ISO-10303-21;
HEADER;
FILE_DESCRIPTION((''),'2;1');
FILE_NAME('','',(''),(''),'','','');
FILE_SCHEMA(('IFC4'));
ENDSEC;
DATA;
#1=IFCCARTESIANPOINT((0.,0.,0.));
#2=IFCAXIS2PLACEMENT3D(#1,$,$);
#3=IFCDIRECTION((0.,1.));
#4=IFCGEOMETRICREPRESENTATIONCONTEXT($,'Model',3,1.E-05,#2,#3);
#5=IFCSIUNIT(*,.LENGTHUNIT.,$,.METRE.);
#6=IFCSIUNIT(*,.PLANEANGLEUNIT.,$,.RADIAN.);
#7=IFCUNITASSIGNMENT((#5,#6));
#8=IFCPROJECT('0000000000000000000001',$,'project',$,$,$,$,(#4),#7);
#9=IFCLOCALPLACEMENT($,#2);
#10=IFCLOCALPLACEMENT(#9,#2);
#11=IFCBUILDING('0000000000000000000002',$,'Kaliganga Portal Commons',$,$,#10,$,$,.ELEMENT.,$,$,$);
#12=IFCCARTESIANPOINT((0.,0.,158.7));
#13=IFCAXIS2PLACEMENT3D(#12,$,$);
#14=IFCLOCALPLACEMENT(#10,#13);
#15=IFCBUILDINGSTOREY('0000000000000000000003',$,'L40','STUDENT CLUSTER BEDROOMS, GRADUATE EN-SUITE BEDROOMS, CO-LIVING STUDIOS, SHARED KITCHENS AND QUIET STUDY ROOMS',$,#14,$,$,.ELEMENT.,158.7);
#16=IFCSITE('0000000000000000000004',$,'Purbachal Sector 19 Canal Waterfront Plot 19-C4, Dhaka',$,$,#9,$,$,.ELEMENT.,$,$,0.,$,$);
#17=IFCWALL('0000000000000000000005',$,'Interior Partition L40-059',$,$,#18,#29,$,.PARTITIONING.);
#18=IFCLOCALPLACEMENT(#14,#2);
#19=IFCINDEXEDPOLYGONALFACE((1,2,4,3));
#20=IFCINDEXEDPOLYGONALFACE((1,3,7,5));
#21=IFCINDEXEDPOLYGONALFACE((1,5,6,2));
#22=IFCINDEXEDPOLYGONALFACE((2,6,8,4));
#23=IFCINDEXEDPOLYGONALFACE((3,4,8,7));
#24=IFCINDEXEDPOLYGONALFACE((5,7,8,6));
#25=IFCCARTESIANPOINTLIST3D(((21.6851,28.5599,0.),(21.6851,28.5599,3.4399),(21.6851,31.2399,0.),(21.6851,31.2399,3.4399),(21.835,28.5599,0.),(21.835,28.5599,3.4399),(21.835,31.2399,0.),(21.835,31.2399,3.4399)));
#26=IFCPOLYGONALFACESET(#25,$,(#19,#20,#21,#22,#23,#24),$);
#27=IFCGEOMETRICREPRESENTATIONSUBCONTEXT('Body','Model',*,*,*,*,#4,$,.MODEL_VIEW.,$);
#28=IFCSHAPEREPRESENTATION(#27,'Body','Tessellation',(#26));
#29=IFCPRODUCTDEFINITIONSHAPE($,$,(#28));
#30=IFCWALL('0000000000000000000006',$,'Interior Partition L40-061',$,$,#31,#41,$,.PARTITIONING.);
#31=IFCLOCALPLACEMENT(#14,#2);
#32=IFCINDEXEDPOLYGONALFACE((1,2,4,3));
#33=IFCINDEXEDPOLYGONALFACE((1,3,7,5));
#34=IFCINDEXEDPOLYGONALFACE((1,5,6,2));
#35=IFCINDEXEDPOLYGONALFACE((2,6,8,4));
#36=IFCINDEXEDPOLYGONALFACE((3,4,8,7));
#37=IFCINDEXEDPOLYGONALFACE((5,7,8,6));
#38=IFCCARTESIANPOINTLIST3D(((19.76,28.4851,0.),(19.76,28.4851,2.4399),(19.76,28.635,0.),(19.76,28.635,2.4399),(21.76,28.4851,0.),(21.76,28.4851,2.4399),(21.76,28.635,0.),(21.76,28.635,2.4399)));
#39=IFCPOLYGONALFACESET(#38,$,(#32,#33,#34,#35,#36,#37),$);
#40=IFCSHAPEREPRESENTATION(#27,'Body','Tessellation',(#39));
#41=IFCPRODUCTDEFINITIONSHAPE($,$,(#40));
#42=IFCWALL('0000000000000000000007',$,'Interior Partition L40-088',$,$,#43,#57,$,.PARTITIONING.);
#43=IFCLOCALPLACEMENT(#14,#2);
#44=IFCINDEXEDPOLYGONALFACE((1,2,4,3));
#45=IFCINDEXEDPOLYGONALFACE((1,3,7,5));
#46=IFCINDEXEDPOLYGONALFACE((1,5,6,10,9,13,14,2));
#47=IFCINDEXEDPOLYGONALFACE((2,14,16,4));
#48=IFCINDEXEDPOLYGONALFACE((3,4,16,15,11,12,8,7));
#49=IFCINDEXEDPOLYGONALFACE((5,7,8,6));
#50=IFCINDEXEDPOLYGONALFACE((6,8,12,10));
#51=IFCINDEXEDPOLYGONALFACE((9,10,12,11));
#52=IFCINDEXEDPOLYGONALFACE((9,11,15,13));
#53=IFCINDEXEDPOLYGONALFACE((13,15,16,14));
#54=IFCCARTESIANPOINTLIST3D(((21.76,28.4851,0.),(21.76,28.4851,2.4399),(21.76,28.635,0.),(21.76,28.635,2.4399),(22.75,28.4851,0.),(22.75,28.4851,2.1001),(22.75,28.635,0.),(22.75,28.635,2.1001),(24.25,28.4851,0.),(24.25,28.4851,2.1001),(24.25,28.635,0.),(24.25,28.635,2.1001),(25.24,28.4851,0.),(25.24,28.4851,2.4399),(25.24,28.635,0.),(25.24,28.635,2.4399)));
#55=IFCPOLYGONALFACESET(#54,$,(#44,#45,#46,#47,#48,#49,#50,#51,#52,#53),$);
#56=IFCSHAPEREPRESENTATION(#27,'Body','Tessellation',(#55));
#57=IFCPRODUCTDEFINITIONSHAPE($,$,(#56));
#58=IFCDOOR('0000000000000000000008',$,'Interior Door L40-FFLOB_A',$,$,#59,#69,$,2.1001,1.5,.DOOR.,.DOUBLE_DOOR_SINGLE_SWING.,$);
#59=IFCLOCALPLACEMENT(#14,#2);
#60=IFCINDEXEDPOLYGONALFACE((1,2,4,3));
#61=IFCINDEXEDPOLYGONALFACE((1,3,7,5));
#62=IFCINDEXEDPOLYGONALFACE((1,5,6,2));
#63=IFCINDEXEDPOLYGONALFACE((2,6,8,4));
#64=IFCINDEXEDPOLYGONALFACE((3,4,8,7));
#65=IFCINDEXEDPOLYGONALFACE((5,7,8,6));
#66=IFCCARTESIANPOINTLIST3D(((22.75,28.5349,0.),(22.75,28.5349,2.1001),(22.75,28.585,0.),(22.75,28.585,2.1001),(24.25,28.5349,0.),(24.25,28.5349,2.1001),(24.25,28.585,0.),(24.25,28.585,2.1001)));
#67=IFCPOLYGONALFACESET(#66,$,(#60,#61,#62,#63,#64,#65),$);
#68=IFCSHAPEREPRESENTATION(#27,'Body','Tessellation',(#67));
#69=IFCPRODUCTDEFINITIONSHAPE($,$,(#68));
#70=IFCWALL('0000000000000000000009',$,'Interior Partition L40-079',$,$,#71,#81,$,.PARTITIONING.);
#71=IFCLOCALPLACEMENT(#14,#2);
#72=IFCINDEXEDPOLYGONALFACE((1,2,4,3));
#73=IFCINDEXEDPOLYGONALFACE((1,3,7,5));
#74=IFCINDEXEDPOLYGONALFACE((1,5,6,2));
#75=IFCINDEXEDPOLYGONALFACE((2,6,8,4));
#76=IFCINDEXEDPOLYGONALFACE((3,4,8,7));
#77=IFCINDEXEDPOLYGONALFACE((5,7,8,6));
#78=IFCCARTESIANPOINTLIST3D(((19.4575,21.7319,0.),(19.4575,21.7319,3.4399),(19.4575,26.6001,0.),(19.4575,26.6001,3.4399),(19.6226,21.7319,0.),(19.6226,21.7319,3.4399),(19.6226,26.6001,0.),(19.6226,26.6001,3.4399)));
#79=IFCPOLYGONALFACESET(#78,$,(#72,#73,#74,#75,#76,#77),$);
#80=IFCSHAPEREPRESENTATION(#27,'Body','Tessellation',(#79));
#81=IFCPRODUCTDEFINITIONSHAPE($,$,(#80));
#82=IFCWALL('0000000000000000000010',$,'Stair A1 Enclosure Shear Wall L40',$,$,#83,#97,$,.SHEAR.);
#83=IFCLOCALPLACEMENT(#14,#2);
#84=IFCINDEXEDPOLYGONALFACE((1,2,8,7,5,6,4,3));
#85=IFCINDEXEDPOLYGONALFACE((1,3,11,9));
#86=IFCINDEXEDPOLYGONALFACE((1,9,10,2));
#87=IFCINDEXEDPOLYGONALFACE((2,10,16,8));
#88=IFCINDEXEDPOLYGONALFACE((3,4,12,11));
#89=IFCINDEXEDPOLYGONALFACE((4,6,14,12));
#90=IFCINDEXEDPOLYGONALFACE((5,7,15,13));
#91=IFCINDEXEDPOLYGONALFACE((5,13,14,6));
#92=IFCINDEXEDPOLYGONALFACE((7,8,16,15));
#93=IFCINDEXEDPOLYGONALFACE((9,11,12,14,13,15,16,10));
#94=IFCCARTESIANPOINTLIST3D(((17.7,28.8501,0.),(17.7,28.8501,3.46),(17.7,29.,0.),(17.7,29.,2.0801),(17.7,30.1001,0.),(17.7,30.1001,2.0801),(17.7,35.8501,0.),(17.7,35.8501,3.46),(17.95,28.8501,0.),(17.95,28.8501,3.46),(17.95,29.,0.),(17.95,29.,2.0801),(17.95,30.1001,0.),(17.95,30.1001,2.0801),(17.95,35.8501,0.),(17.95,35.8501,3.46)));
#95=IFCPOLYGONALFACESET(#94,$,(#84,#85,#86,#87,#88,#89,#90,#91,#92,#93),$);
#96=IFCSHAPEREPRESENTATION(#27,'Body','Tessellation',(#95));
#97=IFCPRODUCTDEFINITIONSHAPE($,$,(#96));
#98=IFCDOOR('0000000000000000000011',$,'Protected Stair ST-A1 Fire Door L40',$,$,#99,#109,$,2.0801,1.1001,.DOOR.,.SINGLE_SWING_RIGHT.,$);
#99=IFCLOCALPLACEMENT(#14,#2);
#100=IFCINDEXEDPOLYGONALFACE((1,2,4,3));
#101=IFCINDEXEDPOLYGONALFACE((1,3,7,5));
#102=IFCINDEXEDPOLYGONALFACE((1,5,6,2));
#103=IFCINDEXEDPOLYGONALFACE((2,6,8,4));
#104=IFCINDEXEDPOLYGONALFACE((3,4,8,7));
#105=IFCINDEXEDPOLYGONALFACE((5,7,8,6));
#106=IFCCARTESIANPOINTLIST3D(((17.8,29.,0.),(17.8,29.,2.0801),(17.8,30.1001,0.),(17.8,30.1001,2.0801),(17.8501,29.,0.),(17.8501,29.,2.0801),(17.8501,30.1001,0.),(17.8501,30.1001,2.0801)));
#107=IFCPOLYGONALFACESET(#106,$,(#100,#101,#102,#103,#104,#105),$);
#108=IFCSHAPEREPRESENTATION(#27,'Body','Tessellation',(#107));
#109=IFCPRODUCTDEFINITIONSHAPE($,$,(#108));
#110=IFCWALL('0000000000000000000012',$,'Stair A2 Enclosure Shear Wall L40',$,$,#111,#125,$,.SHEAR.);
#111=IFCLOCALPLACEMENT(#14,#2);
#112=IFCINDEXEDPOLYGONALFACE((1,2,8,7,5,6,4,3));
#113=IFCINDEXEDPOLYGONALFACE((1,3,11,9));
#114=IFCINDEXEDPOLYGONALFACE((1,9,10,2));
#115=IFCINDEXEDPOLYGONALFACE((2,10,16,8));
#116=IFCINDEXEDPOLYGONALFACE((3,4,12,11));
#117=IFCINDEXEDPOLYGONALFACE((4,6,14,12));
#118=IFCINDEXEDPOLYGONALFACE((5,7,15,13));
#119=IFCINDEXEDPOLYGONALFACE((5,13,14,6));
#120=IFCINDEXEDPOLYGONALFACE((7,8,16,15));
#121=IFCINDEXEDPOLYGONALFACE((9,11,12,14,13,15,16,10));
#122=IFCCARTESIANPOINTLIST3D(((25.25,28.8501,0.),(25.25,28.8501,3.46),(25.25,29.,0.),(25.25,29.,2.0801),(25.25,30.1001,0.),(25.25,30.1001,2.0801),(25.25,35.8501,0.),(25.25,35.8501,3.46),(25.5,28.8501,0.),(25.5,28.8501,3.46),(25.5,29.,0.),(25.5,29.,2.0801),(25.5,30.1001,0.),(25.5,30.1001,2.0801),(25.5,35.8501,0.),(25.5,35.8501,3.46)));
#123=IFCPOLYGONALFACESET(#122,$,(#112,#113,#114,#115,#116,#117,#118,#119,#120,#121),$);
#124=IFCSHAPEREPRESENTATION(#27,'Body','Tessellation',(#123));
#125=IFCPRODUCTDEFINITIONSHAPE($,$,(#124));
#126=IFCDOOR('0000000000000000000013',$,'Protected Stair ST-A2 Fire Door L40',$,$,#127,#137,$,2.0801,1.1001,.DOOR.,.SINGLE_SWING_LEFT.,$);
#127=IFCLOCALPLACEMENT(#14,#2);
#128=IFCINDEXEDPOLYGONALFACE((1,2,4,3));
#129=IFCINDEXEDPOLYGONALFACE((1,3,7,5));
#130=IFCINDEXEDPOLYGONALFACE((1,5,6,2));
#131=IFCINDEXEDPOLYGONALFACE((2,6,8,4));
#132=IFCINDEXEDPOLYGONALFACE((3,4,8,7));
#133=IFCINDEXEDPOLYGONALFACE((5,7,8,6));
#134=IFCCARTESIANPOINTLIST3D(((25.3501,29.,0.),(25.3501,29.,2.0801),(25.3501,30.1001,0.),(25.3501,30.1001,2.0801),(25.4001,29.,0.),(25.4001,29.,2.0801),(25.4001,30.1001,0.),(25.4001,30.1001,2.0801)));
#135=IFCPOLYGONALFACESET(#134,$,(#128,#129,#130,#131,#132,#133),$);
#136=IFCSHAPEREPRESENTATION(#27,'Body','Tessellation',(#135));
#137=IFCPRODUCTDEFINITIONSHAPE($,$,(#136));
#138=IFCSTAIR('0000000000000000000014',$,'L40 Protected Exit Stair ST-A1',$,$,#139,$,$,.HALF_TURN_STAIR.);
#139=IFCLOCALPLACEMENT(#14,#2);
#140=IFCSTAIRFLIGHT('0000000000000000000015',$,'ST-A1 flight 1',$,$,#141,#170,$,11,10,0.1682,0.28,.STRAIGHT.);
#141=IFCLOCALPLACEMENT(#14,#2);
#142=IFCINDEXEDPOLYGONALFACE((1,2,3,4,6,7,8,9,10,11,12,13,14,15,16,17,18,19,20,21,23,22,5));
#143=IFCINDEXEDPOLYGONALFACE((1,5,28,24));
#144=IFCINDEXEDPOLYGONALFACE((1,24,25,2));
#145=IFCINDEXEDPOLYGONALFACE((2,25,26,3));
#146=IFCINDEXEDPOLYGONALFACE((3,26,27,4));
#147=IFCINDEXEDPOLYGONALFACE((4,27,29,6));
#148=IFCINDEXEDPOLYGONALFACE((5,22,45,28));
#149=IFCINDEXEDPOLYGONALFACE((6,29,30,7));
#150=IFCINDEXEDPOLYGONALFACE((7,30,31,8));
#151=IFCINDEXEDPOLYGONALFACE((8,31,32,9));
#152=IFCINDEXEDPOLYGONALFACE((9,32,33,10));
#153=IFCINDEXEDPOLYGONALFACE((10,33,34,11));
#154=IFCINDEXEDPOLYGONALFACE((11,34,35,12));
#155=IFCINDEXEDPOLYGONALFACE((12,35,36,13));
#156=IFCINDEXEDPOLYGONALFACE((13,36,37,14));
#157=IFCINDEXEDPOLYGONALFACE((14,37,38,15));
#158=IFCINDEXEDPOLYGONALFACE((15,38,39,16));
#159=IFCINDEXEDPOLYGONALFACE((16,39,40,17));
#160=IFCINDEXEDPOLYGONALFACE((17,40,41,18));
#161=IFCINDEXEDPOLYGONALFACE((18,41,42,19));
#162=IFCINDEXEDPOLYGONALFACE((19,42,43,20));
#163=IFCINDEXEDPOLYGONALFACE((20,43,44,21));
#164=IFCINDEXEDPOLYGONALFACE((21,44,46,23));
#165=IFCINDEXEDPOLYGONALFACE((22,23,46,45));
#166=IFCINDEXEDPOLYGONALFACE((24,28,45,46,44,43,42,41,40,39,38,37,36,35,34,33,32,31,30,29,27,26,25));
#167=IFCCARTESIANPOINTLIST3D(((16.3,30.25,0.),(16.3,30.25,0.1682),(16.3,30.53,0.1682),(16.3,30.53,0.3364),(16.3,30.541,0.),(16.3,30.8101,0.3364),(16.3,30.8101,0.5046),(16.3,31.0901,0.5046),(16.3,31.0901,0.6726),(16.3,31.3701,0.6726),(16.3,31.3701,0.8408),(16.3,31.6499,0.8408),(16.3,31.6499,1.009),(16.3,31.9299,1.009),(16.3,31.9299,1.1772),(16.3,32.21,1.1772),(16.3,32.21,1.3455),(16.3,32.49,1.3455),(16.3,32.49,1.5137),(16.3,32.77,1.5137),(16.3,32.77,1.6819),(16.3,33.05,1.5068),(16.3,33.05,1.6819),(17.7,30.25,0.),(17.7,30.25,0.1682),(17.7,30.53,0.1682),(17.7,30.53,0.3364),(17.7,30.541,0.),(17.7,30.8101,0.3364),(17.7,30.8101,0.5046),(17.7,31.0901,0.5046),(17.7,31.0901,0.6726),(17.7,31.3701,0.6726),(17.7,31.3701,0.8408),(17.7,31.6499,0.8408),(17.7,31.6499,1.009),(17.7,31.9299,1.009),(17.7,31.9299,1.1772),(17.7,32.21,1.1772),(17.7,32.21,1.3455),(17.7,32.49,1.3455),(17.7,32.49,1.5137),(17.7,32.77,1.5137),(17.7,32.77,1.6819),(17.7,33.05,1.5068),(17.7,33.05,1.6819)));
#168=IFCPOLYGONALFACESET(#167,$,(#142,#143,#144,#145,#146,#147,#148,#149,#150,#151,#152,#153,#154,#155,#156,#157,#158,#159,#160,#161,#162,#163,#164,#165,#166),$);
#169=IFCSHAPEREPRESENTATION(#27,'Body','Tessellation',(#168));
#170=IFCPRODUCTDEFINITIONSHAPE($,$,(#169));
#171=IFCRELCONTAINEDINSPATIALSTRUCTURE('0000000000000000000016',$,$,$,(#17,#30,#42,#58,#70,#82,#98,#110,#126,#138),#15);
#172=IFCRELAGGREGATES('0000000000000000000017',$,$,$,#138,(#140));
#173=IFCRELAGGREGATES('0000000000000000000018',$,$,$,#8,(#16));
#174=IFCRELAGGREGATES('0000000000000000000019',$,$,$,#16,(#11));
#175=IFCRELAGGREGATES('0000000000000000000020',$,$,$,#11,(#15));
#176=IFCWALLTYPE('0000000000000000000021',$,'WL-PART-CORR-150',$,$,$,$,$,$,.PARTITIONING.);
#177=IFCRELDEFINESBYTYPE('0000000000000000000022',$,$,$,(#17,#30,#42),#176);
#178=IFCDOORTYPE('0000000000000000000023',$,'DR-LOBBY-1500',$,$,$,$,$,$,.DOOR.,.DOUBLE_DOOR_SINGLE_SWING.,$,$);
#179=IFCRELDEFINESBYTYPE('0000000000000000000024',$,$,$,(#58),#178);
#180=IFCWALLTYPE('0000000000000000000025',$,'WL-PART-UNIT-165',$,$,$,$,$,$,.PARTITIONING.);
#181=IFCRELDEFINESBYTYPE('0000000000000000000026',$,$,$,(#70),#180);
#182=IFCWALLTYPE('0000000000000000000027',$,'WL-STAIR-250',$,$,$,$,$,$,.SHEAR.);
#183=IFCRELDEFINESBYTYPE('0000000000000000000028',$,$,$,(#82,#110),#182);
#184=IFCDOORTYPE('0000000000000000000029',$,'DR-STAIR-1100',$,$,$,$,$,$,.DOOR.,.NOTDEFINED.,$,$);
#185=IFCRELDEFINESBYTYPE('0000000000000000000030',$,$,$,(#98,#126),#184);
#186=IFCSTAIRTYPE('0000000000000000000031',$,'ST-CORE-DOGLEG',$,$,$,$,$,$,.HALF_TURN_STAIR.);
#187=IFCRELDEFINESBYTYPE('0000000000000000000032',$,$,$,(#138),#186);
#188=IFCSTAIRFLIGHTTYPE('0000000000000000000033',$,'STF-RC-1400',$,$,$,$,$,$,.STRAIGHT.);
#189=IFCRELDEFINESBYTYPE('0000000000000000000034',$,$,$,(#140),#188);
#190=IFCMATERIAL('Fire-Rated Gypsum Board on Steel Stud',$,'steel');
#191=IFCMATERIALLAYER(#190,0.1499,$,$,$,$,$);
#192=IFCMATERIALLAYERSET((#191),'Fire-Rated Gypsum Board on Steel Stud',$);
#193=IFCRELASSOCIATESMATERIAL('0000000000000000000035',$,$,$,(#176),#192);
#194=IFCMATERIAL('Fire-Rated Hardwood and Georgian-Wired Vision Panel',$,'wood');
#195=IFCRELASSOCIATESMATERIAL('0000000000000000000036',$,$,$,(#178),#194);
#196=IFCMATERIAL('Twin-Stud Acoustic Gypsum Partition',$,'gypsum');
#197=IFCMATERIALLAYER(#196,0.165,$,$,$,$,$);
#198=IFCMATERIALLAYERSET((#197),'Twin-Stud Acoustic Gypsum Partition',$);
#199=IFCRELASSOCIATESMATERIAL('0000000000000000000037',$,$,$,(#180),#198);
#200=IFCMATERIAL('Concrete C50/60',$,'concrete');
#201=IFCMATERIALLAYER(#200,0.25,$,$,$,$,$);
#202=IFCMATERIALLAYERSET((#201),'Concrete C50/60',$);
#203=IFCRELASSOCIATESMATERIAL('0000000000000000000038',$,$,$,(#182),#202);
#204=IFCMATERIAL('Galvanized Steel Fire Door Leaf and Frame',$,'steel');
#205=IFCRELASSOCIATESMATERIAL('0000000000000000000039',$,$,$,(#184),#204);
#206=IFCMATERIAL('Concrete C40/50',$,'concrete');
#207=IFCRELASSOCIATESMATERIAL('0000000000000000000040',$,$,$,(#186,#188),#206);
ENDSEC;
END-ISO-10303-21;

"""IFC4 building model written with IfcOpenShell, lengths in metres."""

from ifc_helpers import new_model, si_unit, direction, frame, frame_2d, origin, place, context, subcontext, project, spatial, polyline, rectangle, outline, extrude, material, layer, layer_set, type_object, element, fill, aggregate, save


model = new_model("IFC4")

# Units and contexts
model_context = context("Model", 3, precision=1e-05, world=origin(), true_north=direction((0.0, 1.0)))
body_context = subcontext(model_context, "Body", "Model", "MODEL_VIEW")
ifc_project = project(units=[si_unit("LENGTHUNIT", "METRE"), si_unit("PLANEANGLEUNIT", "RADIAN")], contexts=[model_context])

# Site, building, storey
site_placement = place(None, origin())
site = spatial("IfcSite", under=ifc_project, at=site_placement, Name="Purbachal Sector 19 Canal Waterfront Plot 19-C4, Dhaka", CompositionType="ELEMENT", RefElevation=0.0)
building_placement = place(site_placement, origin())
building = spatial("IfcBuilding", under=site, at=building_placement, Name="Kaliganga Portal Commons", CompositionType="ELEMENT")
storey_placement = place(building_placement, frame((0.0, 0.0, 158.7)))
storey = spatial("IfcBuildingStorey", under=building, at=storey_placement, Name="L40", Description="STUDENT CLUSTER BEDROOMS, GRADUATE EN-SUITE BEDROOMS, CO-LIVING STUDIOS, SHARED KITCHENS AND QUIET STUDY ROOMS", CompositionType="ELEMENT", Elevation=158.7)

# Shared definitions
ifc_material_1 = material(Name="Concrete C50/60", Category="concrete")

# Shared definitions
ifc_material_2 = material(Name="Fire-Rated Gypsum Board on Steel Stud", Category="steel")
ifc_layer_1 = layer(ifc_material_2, 0.1499)
ifc_layer_set_1 = layer_set([ifc_layer_1], Name="Fire-Rated Gypsum Board on Steel Stud")
wall_type_1 = type_object("IfcWallType", Name="WL-PART-CORR-150", PredefinedType="PARTITIONING", material=ifc_layer_set_1)

# Walls
wall_1_placement = place(storey_placement, frame((21.76, 28.5601, 0.0), z_axis=(0.0, 0.0, 1.0), x_axis=(0.0, 1.0, 0.0)))
element("IfcWall", 1, at=wall_1_placement, inside=storey, type_object=wall_type_1, Name="Interior Partition L40-059", PredefinedType="PARTITIONING", context=body_context, shape_type="SweptSolid", body=[
    extrude(rectangle(XDim=2.6799, YDim=0.1499, at=frame_2d((1.3398, 0.0))), origin(), (0.0, 0.0, 1.0), 3.4399),
])
wall_2_placement = place(storey_placement, frame((19.76, 28.5601, 0.0), z_axis=(0.0, 0.0, 1.0), x_axis=(1.0, 0.0, 0.0)))
element("IfcWall", 2, at=wall_2_placement, inside=storey, type_object=wall_type_1, Name="Interior Partition L40-061", PredefinedType="PARTITIONING", context=body_context, shape_type="SweptSolid", body=[
    extrude(rectangle(XDim=2.0, YDim=0.1499, at=frame_2d((1.0, 0.0))), origin(), (0.0, 0.0, 1.0), 2.4399),
])

# Wall, opening, door
wall_3_placement = place(storey_placement, frame((21.76, 28.5601, 0.0), z_axis=(0.0, 0.0, 1.0), x_axis=(1.0, 0.0, 0.0)))
wall_3 = element("IfcWall", 3, at=wall_3_placement, inside=storey, type_object=wall_type_1, Name="Interior Partition L40-088", PredefinedType="PARTITIONING", context=body_context, shape_type="SweptSolid", body=[
    extrude(rectangle(XDim=3.48, YDim=0.1499, at=frame_2d((1.74, 0.0))), origin(), (0.0, 0.0, 1.0), 2.4399),
])
opening_1_placement = place(wall_3_placement, frame((0.99, 0.0, 0.0)))
opening_1 = element("IfcOpeningElement", 4, at=opening_1_placement, cuts=wall_3, PredefinedType="OPENING", context=body_context, shape_type="SweptSolid", body=[
    extrude(rectangle(XDim=1.5, YDim=2.1001, at=frame_2d((0.75, 1.05))), frame((0.0, 0.085, 0.0), z_axis=(0.0, -1.0, 0.0), x_axis=(1.0, 0.0, 0.0)), (0.0, 0.0, 1.0), 0.1699),
])
ifc_material_3 = material(Name="Fire-Rated Hardwood and Georgian-Wired Vision Panel", Category="wood")
door_type_1 = type_object("IfcDoorType", Name="DR-LOBBY-1500", OperationType="DOUBLE_DOOR_SINGLE_SWING", PredefinedType="DOOR", material=ifc_material_3)
door_1_placement = place(opening_1_placement, origin())
door_1 = element("IfcDoor", 5, at=door_1_placement, inside=storey, type_object=door_type_1, Name="Interior Door L40-FFLOB_A", OperationType="DOUBLE_DOOR_SINGLE_SWING", OverallHeight=2.1001, OverallWidth=1.5, PredefinedType="DOOR", context=body_context, shape_type="SweptSolid", body=[
    extrude(rectangle(XDim=1.5, YDim=2.1001, at=frame_2d((0.75, 1.05))), frame((0.0, 0.0249, 0.0), z_axis=(0.0, -1.0, 0.0), x_axis=(1.0, 0.0, 0.0)), (0.0, 0.0, 1.0), 0.05),
])
fill(opening_1, door_1)

# Wall
ifc_material_4 = material(Name="Twin-Stud Acoustic Gypsum Partition", Category="gypsum")
ifc_layer_2 = layer(ifc_material_4, 0.165)
ifc_layer_set_2 = layer_set([ifc_layer_2], Name="Twin-Stud Acoustic Gypsum Partition")
wall_type_2 = type_object("IfcWallType", Name="WL-PART-UNIT-165", PredefinedType="PARTITIONING", material=ifc_layer_set_2)
wall_4_placement = place(storey_placement, frame((19.54, 21.7319, 0.0), z_axis=(0.0, 0.0, 1.0), x_axis=(0.0, 1.0, 0.0)))
element("IfcWall", 6, at=wall_4_placement, inside=storey, type_object=wall_type_2, Name="Interior Partition L40-079", PredefinedType="PARTITIONING", context=body_context, shape_type="SweptSolid", body=[
    extrude(rectangle(XDim=4.8682, YDim=0.165, at=frame_2d((2.4341, 0.0))), origin(), (0.0, 0.0, 1.0), 3.4399),
])

# Walls, openings, doors
ifc_layer_3 = layer(ifc_material_1, 0.25)
ifc_layer_set_3 = layer_set([ifc_layer_3], Name="Concrete C50/60")
wall_type_3 = type_object("IfcWallType", Name="WL-STAIR-250", PredefinedType="SHEAR", material=ifc_layer_set_3)
wall_5_placement = place(storey_placement, frame((17.825, 28.8501, 0.0), z_axis=(0.0, 0.0, 1.0), x_axis=(0.0, 1.0, 0.0)))
wall_5 = element("IfcWall", 7, at=wall_5_placement, inside=storey, type_object=wall_type_3, Name="Stair A1 Enclosure Shear Wall L40", PredefinedType="SHEAR", context=body_context, shape_type="SweptSolid", body=[
    extrude(rectangle(XDim=7.0, YDim=0.25, at=frame_2d((3.5, 0.0))), origin(), (0.0, 0.0, 1.0), 3.46),
])
opening_2_placement = place(wall_5_placement, frame((0.1499, 0.0, 0.0)))
opening_2 = element("IfcOpeningElement", 8, at=opening_2_placement, cuts=wall_5, PredefinedType="OPENING", context=body_context, shape_type="SweptSolid", body=[
    extrude(rectangle(XDim=1.1001, YDim=2.0801, at=frame_2d((0.55, 1.04))), frame((0.0, 0.135, 0.0), z_axis=(0.0, -1.0, 0.0), x_axis=(1.0, 0.0, 0.0)), (0.0, 0.0, 1.0), 0.27),
])
ifc_material_5 = material(Name="Galvanized Steel Fire Door Leaf and Frame", Category="steel")
door_type_2 = type_object("IfcDoorType", Name="DR-STAIR-1100", OperationType="NOTDEFINED", PredefinedType="DOOR", material=ifc_material_5)
door_2_placement = place(opening_2_placement, origin())
door_2 = element("IfcDoor", 9, at=door_2_placement, inside=storey, type_object=door_type_2, Name="Protected Stair ST-A1 Fire Door L40", OperationType="SINGLE_SWING_RIGHT", OverallHeight=2.0801, OverallWidth=1.1001, PredefinedType="DOOR", context=body_context, shape_type="SweptSolid", body=[
    extrude(rectangle(XDim=1.1001, YDim=2.0801, at=frame_2d((0.55, 1.04))), frame((0.0, 0.0249, 0.0), z_axis=(0.0, -1.0, 0.0), x_axis=(1.0, 0.0, 0.0)), (0.0, 0.0, 1.0), 0.05),
])
fill(opening_2, door_2)
wall_6_placement = place(storey_placement, frame((25.375, 28.8501, 0.0), z_axis=(0.0, 0.0, 1.0), x_axis=(0.0, 1.0, 0.0)))
wall_6 = element("IfcWall", 10, at=wall_6_placement, inside=storey, type_object=wall_type_3, Name="Stair A2 Enclosure Shear Wall L40", PredefinedType="SHEAR", context=body_context, shape_type="SweptSolid", body=[
    extrude(rectangle(XDim=7.0, YDim=0.25, at=frame_2d((3.5, 0.0))), origin(), (0.0, 0.0, 1.0), 3.46),
])
opening_3_placement = place(wall_6_placement, frame((0.1499, 0.0, 0.0)))
opening_3 = element("IfcOpeningElement", 11, at=opening_3_placement, cuts=wall_6, PredefinedType="OPENING", context=body_context, shape_type="SweptSolid", body=[
    extrude(rectangle(XDim=1.1001, YDim=2.0801, at=frame_2d((0.55, 1.04))), frame((0.0, 0.135, 0.0), z_axis=(0.0, -1.0, 0.0), x_axis=(1.0, 0.0, 0.0)), (0.0, 0.0, 1.0), 0.27),
])
door_3_placement = place(opening_3_placement, origin())
door_3 = element("IfcDoor", 12, at=door_3_placement, inside=storey, type_object=door_type_2, Name="Protected Stair ST-A2 Fire Door L40", OperationType="SINGLE_SWING_LEFT", OverallHeight=2.0801, OverallWidth=1.1001, PredefinedType="DOOR", context=body_context, shape_type="SweptSolid", body=[
    extrude(rectangle(XDim=1.1001, YDim=2.0801, at=frame_2d((0.55, 1.04))), frame((0.0, 0.0249, 0.0), z_axis=(0.0, -1.0, 0.0), x_axis=(1.0, 0.0, 0.0)), (0.0, 0.0, 1.0), 0.05),
])
fill(opening_3, door_3)

# Stair, stair flight
ifc_material_6 = material(Name="Concrete C40/50", Category="concrete")
stair_type = type_object("IfcStairType", Name="ST-CORE-DOGLEG", PredefinedType="HALF_TURN_STAIR", material=ifc_material_6)
stair_placement = place(storey_placement, origin())
stair = element("IfcStair", 13, at=stair_placement, inside=storey, type_object=stair_type, Name="L40 Protected Exit Stair ST-A1", PredefinedType="HALF_TURN_STAIR")
stair_flight_type = type_object("IfcStairFlightType", Name="STF-RC-1400", PredefinedType="STRAIGHT", material=ifc_material_6)
stair_flight_placement = place(storey_placement, frame((17.0, 30.25, 0.0), z_axis=(0.0, 0.0, 1.0), x_axis=(0.0, 1.0, 0.0)))
stair_flight = element("IfcStairFlight", 14, at=stair_flight_placement, type_object=stair_flight_type, Name="ST-A1 flight 1", NumberOfRisers=11, NumberOfTreads=10, PredefinedType="STRAIGHT", RiserHeight=0.1682, TreadLength=0.28, context=body_context, shape_type="SweptSolid", body=[
    extrude(outline(polyline([(0.0, 0.0), (0.0, 0.1682), (0.28, 0.1682), (0.28, 0.3364), (0.5601, 0.3364), (0.5601, 0.5046), (0.8401, 0.5046), (0.8401, 0.6726), (1.1201, 0.6726), (1.1201, 0.8408), (1.3999, 0.8408), (1.3999, 1.009), (1.6799, 1.009), (1.6799, 1.1772), (1.96, 1.1772), (1.96, 1.3455), (2.24, 1.3455), (2.24, 1.5137), (2.52, 1.5137), (2.52, 1.6819), (2.8, 1.6819), (2.8, 1.8501), (2.8, 1.5068), (0.291, 0.0), (0.0, 0.0)])), frame((0.0, 0.7, 0.0), z_axis=(0.0, -1.0, 0.0), x_axis=(1.0, 0.0, 0.0)), (0.0, 0.0, 1.0), 1.3999),
])
aggregate(stair, [stair_flight])

save(model, "model.ifc")
